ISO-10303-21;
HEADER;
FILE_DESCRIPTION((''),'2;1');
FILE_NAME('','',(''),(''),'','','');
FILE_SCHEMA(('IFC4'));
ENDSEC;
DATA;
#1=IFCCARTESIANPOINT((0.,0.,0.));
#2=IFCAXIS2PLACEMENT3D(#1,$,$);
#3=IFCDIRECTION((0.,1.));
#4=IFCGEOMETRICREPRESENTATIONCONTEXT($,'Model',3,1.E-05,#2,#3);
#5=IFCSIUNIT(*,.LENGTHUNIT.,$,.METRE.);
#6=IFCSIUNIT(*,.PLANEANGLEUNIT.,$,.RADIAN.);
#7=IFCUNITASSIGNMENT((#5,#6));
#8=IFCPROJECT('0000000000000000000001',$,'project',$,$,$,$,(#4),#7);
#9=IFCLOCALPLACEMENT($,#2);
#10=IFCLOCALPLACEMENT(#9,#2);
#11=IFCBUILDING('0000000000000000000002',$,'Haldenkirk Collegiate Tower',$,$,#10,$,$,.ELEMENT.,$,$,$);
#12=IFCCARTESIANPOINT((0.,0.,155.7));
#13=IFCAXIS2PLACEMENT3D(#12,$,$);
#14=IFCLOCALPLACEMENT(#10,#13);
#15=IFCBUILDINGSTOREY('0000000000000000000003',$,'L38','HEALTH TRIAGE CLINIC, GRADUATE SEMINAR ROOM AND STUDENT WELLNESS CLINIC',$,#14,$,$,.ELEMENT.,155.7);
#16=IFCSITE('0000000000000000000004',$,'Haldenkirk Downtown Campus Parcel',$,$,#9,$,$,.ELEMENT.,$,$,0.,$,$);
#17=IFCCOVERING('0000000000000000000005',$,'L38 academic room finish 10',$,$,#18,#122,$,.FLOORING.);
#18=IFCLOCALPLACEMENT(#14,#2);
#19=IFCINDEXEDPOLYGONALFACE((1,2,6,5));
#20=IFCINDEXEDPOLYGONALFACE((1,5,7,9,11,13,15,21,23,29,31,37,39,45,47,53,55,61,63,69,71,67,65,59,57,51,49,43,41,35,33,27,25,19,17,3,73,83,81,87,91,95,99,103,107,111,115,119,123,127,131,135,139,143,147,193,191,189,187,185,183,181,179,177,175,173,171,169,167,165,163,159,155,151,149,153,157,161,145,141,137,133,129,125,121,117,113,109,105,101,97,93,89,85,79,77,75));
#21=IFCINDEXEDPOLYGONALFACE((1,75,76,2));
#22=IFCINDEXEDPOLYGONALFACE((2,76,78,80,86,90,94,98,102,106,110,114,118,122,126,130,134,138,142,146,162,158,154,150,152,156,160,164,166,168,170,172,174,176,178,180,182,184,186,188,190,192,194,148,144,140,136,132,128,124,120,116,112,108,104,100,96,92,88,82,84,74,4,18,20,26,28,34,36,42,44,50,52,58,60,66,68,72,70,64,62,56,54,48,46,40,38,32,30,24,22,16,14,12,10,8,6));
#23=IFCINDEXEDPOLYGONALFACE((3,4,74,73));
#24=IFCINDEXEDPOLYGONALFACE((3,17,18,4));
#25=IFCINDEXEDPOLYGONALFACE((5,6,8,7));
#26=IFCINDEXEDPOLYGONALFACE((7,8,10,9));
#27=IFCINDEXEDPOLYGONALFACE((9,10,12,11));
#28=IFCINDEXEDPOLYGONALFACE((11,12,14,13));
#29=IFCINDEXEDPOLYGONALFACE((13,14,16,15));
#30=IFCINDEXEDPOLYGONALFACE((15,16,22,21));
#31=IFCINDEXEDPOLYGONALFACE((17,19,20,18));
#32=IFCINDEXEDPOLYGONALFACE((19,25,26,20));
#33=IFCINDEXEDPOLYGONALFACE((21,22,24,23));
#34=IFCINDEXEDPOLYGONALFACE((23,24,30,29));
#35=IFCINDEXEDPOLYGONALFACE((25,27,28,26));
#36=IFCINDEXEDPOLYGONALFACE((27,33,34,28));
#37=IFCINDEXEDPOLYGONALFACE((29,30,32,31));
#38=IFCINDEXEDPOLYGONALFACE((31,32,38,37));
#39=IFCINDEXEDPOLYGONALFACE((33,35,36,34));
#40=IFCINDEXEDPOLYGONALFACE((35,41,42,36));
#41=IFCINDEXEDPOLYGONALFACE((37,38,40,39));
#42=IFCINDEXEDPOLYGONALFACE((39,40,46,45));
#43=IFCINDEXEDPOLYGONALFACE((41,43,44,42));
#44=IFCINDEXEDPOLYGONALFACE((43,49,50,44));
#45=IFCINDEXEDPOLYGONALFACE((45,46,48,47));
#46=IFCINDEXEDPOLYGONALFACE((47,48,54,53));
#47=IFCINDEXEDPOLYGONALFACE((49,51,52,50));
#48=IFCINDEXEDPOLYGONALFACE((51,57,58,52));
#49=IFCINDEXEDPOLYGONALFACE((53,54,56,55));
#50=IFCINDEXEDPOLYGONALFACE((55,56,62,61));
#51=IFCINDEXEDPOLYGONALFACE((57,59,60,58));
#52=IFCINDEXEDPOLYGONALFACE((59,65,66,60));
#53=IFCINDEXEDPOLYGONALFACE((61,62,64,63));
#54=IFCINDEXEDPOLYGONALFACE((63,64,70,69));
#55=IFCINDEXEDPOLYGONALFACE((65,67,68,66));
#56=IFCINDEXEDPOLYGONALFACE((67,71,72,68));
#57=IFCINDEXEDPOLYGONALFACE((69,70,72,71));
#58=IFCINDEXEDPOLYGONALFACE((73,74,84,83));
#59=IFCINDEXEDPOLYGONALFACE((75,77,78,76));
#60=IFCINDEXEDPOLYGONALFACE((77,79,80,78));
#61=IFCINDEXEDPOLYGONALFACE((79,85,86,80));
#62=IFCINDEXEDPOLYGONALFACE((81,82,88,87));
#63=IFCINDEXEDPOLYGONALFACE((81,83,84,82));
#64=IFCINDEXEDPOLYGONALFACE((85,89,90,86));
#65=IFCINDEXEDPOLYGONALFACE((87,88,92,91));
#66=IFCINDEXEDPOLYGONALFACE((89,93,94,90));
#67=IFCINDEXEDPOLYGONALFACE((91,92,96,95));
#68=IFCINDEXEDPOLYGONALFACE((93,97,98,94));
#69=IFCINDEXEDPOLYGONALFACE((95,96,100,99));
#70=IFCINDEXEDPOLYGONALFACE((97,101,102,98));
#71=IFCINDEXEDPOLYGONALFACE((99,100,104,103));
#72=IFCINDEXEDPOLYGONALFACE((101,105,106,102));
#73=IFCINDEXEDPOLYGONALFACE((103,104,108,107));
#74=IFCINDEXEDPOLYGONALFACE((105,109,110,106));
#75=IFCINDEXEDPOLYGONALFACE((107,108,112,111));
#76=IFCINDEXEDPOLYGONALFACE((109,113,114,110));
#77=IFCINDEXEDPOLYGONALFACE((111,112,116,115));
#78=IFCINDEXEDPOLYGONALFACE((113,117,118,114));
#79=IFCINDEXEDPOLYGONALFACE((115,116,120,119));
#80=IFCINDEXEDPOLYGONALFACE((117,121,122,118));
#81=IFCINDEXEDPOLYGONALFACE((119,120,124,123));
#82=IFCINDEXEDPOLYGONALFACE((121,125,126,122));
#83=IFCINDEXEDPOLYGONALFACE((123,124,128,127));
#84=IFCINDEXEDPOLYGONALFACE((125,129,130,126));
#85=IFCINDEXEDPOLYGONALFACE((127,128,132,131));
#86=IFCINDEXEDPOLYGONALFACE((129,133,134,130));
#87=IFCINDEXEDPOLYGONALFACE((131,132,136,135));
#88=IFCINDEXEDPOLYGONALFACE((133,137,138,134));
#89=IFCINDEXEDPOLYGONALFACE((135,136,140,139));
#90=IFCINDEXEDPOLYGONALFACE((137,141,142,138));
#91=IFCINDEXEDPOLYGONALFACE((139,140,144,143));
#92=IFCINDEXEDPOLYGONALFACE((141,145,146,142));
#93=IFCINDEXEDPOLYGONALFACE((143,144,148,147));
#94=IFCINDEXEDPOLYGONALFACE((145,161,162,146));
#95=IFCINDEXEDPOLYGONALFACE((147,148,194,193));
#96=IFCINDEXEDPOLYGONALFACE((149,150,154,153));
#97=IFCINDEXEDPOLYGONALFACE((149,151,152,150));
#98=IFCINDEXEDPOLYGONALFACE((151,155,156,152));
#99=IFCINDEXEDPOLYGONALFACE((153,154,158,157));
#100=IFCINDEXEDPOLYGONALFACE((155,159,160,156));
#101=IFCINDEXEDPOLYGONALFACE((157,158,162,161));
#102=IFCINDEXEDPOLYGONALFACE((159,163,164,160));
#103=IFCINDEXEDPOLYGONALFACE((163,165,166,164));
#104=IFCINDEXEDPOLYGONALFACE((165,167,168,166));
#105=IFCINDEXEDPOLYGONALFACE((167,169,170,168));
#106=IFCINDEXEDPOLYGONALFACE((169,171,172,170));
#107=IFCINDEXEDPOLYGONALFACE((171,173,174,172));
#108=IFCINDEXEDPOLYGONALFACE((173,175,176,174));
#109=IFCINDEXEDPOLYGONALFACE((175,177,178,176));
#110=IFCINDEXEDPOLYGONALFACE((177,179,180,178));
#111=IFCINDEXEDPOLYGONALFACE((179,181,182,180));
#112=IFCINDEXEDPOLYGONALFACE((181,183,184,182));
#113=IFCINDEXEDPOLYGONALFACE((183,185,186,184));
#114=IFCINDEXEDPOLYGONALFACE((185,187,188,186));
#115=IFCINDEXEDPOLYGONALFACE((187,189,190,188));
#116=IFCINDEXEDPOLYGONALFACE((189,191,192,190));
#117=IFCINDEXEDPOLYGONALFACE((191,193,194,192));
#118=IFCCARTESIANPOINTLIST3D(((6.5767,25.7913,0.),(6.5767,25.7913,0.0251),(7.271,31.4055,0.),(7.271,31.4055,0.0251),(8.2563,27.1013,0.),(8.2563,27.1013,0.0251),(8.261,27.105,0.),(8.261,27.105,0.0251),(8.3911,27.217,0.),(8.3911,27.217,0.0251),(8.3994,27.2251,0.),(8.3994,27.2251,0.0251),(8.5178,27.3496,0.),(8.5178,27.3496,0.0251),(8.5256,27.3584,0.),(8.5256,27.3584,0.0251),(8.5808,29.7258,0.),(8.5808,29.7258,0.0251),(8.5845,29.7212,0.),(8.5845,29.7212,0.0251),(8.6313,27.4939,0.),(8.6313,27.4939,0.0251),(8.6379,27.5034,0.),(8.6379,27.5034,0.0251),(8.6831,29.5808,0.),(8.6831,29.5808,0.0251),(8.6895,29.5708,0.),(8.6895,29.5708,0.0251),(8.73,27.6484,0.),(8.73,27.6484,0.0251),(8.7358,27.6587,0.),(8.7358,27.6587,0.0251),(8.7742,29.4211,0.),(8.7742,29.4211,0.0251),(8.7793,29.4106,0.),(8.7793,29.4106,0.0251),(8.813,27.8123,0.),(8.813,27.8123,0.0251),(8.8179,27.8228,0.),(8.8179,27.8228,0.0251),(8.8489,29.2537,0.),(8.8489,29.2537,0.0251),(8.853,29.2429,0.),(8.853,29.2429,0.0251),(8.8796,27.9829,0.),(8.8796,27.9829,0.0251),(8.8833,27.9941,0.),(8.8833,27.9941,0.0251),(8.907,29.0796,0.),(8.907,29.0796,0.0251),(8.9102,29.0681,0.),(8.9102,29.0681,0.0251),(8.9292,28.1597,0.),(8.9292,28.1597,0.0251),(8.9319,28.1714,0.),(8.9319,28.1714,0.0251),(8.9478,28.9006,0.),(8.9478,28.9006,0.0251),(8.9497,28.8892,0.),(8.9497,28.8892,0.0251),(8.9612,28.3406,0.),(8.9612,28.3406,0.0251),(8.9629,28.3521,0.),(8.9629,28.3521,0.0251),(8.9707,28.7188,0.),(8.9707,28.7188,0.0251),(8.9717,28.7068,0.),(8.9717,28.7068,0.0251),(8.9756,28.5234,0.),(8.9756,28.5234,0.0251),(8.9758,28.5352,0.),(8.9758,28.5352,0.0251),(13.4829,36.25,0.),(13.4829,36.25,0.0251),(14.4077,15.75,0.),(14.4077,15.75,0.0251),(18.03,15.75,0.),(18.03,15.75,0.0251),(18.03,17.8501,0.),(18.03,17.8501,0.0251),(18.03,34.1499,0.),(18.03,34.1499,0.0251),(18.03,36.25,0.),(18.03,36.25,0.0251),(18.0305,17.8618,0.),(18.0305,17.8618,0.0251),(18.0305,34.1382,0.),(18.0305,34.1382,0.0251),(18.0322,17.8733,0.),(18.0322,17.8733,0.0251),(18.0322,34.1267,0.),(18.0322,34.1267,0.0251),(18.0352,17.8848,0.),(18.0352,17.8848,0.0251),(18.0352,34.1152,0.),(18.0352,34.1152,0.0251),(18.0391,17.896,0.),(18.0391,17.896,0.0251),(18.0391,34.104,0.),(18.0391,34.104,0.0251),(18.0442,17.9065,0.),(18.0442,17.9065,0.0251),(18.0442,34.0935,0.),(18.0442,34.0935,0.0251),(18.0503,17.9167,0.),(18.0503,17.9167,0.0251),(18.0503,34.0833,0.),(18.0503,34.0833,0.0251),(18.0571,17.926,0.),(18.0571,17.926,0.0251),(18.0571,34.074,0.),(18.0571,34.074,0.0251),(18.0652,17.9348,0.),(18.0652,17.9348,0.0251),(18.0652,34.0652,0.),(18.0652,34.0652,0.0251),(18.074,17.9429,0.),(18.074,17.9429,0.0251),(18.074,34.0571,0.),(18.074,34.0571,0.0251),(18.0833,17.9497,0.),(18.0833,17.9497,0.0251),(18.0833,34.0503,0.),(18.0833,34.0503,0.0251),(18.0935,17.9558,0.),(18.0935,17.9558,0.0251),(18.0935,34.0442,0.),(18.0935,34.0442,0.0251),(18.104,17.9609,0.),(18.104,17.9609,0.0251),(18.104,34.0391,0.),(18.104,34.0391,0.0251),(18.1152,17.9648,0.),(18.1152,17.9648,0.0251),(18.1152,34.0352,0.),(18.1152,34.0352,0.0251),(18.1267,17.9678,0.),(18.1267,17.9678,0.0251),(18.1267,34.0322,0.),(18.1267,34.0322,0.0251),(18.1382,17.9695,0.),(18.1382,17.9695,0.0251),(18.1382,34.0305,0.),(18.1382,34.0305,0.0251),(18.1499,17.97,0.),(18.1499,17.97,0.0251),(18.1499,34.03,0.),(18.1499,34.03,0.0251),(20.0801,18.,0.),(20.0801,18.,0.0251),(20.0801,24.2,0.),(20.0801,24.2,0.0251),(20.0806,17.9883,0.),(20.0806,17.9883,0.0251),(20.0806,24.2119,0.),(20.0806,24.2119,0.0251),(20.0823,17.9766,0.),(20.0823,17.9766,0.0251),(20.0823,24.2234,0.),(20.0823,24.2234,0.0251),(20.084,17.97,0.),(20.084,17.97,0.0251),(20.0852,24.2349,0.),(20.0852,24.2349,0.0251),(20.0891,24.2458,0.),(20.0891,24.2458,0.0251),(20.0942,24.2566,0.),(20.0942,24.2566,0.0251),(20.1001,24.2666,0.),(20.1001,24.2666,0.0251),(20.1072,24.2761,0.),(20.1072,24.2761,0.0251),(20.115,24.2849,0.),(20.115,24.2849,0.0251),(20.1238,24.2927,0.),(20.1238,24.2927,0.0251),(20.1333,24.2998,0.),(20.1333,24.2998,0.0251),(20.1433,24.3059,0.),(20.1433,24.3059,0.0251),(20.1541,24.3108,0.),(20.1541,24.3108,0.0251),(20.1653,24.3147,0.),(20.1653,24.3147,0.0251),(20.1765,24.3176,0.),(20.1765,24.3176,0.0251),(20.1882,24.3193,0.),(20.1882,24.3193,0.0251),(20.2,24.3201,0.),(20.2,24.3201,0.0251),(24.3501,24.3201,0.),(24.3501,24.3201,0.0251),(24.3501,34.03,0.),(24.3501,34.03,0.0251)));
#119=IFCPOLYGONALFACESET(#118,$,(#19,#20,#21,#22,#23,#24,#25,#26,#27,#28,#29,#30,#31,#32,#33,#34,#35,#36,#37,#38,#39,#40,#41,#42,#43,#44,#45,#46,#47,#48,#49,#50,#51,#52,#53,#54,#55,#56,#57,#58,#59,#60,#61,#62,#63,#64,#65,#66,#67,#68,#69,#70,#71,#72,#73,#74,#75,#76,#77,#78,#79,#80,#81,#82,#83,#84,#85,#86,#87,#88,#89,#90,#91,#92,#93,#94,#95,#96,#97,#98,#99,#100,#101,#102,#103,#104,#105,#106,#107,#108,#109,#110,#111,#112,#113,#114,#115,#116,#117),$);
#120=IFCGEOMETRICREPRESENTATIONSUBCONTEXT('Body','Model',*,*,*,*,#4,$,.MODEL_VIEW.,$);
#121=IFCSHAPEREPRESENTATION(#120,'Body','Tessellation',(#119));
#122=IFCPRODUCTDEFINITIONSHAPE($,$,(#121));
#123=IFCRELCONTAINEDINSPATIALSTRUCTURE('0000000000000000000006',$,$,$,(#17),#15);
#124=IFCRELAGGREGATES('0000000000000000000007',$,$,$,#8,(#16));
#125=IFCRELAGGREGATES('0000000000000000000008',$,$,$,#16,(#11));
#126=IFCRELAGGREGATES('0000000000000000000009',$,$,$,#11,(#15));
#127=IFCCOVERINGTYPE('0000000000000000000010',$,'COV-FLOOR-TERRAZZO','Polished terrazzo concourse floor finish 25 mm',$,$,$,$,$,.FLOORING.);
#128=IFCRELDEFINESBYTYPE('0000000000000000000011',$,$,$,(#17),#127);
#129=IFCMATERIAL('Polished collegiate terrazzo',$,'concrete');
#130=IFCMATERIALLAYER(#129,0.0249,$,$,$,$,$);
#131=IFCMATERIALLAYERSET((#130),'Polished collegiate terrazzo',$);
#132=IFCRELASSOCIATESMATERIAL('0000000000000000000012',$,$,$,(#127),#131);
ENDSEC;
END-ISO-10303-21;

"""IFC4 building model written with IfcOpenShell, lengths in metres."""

from ifc_helpers import new_model, si_unit, direction, frame, origin, place, context, subcontext, project, spatial, polyline, outline, extrude, material, layer, layer_set, type_object, element, save


model = new_model("IFC4")

# Units and contexts
model_context = context("Model", 3, precision=1e-05, world=origin(), true_north=direction((0.0, 1.0)))
body_context = subcontext(model_context, "Body", "Model", "MODEL_VIEW")
ifc_project = project(units=[si_unit("LENGTHUNIT", "METRE"), si_unit("PLANEANGLEUNIT", "RADIAN")], contexts=[model_context])

# Site, building, storey
site_placement = place(None, origin())
site = spatial("IfcSite", under=ifc_project, at=site_placement, Name="Haldenkirk Downtown Campus Parcel", CompositionType="ELEMENT", RefElevation=0.0)
building_placement = place(site_placement, origin())
building = spatial("IfcBuilding", under=site, at=building_placement, Name="Haldenkirk Collegiate Tower", CompositionType="ELEMENT")
storey_placement = place(building_placement, frame((0.0, 0.0, 155.7)))
storey = spatial("IfcBuildingStorey", under=building, at=storey_placement, Name="L38", Description="HEALTH TRIAGE CLINIC, GRADUATE SEMINAR ROOM AND STUDENT WELLNESS CLINIC", CompositionType="ELEMENT", Elevation=155.7)

# Covering
ifc_material_1 = material(Name="Polished collegiate terrazzo", Category="concrete")
ifc_layer_1 = layer(ifc_material_1, 0.0249)
ifc_layer_set_1 = layer_set([ifc_layer_1], Name="Polished collegiate terrazzo")
covering_type_1 = type_object("IfcCoveringType", Name="COV-FLOOR-TERRAZZO", Description="Polished terrazzo concourse floor finish 25 mm", PredefinedType="FLOORING", material=ifc_layer_set_1)
covering_1_placement = place(storey_placement, origin())
element("IfcCovering", 1, at=covering_1_placement, inside=storey, type_object=covering_type_1, Name="L38 academic room finish 10", PredefinedType="FLOORING", context=body_context, shape_type="SweptSolid", body=[
    extrude(outline(polyline([(8.2563, 27.1013), (8.261, 27.105), (8.3911, 27.217), (8.3994, 27.2251), (8.5178, 27.3496), (8.5256, 27.3584), (8.6313, 27.4939), (8.6379, 27.5034), (8.73, 27.6484), (8.7358, 27.6587), (8.813, 27.8123), (8.8179, 27.8228), (8.8796, 27.9829), (8.8833, 27.9941), (8.9292, 28.1597), (8.9319, 28.1714), (8.9612, 28.3406), (8.9629, 28.3521), (8.9756, 28.5234), (8.9758, 28.5352), (8.9717, 28.7068), (8.9707, 28.7188), (8.9497, 28.8892), (8.9478, 28.9006), (8.9102, 29.0681), (8.907, 29.0796), (8.853, 29.2429), (8.8489, 29.2537), (8.7793, 29.4106), (8.7742, 29.4211), (8.6895, 29.5708), (8.6831, 29.5808), (8.5845, 29.7212), (8.5808, 29.7258), (7.271, 31.4055), (13.4829, 36.25), (18.03, 36.25), (18.03, 34.1499), (18.0305, 34.1382), (18.0322, 34.1267), (18.0352, 34.1152), (18.0391, 34.104), (18.0442, 34.0935), (18.0503, 34.0833), (18.0571, 34.074), (18.0652, 34.0652), (18.074, 34.0571), (18.0833, 34.0503), (18.0935, 34.0442), (18.104, 34.0391), (18.1152, 34.0352), (18.1267, 34.0322), (18.1382, 34.0305), (18.1499, 34.03), (24.3501, 34.03), (24.3501, 24.3201), (20.2, 24.3201), (20.1882, 24.3193), (20.1765, 24.3176), (20.1653, 24.3147), (20.1541, 24.3108), (20.1433, 24.3059), (20.1333, 24.2998), (20.1238, 24.2927), (20.115, 24.2849), (20.1072, 24.2761), (20.1001, 24.2666), (20.0942, 24.2566), (20.0891, 24.2458), (20.0852, 24.2349), (20.0823, 24.2234), (20.0806, 24.2119), (20.0801, 24.2), (20.0801, 18.0), (20.0806, 17.9883), (20.0823, 17.9766), (20.084, 17.97), (18.1499, 17.97), (18.1382, 17.9695), (18.1267, 17.9678), (18.1152, 17.9648), (18.104, 17.9609), (18.0935, 17.9558), (18.0833, 17.9497), (18.074, 17.9429), (18.0652, 17.9348), (18.0571, 17.926), (18.0503, 17.9167), (18.0442, 17.9065), (18.0391, 17.896), (18.0352, 17.8848), (18.0322, 17.8733), (18.0305, 17.8618), (18.03, 17.8501), (18.03, 15.75), (14.4077, 15.75), (6.5767, 25.7913), (8.2563, 27.1013)])), origin(), (0.0, 0.0, 1.0), 0.0251),
])

save(model, "model.ifc")
